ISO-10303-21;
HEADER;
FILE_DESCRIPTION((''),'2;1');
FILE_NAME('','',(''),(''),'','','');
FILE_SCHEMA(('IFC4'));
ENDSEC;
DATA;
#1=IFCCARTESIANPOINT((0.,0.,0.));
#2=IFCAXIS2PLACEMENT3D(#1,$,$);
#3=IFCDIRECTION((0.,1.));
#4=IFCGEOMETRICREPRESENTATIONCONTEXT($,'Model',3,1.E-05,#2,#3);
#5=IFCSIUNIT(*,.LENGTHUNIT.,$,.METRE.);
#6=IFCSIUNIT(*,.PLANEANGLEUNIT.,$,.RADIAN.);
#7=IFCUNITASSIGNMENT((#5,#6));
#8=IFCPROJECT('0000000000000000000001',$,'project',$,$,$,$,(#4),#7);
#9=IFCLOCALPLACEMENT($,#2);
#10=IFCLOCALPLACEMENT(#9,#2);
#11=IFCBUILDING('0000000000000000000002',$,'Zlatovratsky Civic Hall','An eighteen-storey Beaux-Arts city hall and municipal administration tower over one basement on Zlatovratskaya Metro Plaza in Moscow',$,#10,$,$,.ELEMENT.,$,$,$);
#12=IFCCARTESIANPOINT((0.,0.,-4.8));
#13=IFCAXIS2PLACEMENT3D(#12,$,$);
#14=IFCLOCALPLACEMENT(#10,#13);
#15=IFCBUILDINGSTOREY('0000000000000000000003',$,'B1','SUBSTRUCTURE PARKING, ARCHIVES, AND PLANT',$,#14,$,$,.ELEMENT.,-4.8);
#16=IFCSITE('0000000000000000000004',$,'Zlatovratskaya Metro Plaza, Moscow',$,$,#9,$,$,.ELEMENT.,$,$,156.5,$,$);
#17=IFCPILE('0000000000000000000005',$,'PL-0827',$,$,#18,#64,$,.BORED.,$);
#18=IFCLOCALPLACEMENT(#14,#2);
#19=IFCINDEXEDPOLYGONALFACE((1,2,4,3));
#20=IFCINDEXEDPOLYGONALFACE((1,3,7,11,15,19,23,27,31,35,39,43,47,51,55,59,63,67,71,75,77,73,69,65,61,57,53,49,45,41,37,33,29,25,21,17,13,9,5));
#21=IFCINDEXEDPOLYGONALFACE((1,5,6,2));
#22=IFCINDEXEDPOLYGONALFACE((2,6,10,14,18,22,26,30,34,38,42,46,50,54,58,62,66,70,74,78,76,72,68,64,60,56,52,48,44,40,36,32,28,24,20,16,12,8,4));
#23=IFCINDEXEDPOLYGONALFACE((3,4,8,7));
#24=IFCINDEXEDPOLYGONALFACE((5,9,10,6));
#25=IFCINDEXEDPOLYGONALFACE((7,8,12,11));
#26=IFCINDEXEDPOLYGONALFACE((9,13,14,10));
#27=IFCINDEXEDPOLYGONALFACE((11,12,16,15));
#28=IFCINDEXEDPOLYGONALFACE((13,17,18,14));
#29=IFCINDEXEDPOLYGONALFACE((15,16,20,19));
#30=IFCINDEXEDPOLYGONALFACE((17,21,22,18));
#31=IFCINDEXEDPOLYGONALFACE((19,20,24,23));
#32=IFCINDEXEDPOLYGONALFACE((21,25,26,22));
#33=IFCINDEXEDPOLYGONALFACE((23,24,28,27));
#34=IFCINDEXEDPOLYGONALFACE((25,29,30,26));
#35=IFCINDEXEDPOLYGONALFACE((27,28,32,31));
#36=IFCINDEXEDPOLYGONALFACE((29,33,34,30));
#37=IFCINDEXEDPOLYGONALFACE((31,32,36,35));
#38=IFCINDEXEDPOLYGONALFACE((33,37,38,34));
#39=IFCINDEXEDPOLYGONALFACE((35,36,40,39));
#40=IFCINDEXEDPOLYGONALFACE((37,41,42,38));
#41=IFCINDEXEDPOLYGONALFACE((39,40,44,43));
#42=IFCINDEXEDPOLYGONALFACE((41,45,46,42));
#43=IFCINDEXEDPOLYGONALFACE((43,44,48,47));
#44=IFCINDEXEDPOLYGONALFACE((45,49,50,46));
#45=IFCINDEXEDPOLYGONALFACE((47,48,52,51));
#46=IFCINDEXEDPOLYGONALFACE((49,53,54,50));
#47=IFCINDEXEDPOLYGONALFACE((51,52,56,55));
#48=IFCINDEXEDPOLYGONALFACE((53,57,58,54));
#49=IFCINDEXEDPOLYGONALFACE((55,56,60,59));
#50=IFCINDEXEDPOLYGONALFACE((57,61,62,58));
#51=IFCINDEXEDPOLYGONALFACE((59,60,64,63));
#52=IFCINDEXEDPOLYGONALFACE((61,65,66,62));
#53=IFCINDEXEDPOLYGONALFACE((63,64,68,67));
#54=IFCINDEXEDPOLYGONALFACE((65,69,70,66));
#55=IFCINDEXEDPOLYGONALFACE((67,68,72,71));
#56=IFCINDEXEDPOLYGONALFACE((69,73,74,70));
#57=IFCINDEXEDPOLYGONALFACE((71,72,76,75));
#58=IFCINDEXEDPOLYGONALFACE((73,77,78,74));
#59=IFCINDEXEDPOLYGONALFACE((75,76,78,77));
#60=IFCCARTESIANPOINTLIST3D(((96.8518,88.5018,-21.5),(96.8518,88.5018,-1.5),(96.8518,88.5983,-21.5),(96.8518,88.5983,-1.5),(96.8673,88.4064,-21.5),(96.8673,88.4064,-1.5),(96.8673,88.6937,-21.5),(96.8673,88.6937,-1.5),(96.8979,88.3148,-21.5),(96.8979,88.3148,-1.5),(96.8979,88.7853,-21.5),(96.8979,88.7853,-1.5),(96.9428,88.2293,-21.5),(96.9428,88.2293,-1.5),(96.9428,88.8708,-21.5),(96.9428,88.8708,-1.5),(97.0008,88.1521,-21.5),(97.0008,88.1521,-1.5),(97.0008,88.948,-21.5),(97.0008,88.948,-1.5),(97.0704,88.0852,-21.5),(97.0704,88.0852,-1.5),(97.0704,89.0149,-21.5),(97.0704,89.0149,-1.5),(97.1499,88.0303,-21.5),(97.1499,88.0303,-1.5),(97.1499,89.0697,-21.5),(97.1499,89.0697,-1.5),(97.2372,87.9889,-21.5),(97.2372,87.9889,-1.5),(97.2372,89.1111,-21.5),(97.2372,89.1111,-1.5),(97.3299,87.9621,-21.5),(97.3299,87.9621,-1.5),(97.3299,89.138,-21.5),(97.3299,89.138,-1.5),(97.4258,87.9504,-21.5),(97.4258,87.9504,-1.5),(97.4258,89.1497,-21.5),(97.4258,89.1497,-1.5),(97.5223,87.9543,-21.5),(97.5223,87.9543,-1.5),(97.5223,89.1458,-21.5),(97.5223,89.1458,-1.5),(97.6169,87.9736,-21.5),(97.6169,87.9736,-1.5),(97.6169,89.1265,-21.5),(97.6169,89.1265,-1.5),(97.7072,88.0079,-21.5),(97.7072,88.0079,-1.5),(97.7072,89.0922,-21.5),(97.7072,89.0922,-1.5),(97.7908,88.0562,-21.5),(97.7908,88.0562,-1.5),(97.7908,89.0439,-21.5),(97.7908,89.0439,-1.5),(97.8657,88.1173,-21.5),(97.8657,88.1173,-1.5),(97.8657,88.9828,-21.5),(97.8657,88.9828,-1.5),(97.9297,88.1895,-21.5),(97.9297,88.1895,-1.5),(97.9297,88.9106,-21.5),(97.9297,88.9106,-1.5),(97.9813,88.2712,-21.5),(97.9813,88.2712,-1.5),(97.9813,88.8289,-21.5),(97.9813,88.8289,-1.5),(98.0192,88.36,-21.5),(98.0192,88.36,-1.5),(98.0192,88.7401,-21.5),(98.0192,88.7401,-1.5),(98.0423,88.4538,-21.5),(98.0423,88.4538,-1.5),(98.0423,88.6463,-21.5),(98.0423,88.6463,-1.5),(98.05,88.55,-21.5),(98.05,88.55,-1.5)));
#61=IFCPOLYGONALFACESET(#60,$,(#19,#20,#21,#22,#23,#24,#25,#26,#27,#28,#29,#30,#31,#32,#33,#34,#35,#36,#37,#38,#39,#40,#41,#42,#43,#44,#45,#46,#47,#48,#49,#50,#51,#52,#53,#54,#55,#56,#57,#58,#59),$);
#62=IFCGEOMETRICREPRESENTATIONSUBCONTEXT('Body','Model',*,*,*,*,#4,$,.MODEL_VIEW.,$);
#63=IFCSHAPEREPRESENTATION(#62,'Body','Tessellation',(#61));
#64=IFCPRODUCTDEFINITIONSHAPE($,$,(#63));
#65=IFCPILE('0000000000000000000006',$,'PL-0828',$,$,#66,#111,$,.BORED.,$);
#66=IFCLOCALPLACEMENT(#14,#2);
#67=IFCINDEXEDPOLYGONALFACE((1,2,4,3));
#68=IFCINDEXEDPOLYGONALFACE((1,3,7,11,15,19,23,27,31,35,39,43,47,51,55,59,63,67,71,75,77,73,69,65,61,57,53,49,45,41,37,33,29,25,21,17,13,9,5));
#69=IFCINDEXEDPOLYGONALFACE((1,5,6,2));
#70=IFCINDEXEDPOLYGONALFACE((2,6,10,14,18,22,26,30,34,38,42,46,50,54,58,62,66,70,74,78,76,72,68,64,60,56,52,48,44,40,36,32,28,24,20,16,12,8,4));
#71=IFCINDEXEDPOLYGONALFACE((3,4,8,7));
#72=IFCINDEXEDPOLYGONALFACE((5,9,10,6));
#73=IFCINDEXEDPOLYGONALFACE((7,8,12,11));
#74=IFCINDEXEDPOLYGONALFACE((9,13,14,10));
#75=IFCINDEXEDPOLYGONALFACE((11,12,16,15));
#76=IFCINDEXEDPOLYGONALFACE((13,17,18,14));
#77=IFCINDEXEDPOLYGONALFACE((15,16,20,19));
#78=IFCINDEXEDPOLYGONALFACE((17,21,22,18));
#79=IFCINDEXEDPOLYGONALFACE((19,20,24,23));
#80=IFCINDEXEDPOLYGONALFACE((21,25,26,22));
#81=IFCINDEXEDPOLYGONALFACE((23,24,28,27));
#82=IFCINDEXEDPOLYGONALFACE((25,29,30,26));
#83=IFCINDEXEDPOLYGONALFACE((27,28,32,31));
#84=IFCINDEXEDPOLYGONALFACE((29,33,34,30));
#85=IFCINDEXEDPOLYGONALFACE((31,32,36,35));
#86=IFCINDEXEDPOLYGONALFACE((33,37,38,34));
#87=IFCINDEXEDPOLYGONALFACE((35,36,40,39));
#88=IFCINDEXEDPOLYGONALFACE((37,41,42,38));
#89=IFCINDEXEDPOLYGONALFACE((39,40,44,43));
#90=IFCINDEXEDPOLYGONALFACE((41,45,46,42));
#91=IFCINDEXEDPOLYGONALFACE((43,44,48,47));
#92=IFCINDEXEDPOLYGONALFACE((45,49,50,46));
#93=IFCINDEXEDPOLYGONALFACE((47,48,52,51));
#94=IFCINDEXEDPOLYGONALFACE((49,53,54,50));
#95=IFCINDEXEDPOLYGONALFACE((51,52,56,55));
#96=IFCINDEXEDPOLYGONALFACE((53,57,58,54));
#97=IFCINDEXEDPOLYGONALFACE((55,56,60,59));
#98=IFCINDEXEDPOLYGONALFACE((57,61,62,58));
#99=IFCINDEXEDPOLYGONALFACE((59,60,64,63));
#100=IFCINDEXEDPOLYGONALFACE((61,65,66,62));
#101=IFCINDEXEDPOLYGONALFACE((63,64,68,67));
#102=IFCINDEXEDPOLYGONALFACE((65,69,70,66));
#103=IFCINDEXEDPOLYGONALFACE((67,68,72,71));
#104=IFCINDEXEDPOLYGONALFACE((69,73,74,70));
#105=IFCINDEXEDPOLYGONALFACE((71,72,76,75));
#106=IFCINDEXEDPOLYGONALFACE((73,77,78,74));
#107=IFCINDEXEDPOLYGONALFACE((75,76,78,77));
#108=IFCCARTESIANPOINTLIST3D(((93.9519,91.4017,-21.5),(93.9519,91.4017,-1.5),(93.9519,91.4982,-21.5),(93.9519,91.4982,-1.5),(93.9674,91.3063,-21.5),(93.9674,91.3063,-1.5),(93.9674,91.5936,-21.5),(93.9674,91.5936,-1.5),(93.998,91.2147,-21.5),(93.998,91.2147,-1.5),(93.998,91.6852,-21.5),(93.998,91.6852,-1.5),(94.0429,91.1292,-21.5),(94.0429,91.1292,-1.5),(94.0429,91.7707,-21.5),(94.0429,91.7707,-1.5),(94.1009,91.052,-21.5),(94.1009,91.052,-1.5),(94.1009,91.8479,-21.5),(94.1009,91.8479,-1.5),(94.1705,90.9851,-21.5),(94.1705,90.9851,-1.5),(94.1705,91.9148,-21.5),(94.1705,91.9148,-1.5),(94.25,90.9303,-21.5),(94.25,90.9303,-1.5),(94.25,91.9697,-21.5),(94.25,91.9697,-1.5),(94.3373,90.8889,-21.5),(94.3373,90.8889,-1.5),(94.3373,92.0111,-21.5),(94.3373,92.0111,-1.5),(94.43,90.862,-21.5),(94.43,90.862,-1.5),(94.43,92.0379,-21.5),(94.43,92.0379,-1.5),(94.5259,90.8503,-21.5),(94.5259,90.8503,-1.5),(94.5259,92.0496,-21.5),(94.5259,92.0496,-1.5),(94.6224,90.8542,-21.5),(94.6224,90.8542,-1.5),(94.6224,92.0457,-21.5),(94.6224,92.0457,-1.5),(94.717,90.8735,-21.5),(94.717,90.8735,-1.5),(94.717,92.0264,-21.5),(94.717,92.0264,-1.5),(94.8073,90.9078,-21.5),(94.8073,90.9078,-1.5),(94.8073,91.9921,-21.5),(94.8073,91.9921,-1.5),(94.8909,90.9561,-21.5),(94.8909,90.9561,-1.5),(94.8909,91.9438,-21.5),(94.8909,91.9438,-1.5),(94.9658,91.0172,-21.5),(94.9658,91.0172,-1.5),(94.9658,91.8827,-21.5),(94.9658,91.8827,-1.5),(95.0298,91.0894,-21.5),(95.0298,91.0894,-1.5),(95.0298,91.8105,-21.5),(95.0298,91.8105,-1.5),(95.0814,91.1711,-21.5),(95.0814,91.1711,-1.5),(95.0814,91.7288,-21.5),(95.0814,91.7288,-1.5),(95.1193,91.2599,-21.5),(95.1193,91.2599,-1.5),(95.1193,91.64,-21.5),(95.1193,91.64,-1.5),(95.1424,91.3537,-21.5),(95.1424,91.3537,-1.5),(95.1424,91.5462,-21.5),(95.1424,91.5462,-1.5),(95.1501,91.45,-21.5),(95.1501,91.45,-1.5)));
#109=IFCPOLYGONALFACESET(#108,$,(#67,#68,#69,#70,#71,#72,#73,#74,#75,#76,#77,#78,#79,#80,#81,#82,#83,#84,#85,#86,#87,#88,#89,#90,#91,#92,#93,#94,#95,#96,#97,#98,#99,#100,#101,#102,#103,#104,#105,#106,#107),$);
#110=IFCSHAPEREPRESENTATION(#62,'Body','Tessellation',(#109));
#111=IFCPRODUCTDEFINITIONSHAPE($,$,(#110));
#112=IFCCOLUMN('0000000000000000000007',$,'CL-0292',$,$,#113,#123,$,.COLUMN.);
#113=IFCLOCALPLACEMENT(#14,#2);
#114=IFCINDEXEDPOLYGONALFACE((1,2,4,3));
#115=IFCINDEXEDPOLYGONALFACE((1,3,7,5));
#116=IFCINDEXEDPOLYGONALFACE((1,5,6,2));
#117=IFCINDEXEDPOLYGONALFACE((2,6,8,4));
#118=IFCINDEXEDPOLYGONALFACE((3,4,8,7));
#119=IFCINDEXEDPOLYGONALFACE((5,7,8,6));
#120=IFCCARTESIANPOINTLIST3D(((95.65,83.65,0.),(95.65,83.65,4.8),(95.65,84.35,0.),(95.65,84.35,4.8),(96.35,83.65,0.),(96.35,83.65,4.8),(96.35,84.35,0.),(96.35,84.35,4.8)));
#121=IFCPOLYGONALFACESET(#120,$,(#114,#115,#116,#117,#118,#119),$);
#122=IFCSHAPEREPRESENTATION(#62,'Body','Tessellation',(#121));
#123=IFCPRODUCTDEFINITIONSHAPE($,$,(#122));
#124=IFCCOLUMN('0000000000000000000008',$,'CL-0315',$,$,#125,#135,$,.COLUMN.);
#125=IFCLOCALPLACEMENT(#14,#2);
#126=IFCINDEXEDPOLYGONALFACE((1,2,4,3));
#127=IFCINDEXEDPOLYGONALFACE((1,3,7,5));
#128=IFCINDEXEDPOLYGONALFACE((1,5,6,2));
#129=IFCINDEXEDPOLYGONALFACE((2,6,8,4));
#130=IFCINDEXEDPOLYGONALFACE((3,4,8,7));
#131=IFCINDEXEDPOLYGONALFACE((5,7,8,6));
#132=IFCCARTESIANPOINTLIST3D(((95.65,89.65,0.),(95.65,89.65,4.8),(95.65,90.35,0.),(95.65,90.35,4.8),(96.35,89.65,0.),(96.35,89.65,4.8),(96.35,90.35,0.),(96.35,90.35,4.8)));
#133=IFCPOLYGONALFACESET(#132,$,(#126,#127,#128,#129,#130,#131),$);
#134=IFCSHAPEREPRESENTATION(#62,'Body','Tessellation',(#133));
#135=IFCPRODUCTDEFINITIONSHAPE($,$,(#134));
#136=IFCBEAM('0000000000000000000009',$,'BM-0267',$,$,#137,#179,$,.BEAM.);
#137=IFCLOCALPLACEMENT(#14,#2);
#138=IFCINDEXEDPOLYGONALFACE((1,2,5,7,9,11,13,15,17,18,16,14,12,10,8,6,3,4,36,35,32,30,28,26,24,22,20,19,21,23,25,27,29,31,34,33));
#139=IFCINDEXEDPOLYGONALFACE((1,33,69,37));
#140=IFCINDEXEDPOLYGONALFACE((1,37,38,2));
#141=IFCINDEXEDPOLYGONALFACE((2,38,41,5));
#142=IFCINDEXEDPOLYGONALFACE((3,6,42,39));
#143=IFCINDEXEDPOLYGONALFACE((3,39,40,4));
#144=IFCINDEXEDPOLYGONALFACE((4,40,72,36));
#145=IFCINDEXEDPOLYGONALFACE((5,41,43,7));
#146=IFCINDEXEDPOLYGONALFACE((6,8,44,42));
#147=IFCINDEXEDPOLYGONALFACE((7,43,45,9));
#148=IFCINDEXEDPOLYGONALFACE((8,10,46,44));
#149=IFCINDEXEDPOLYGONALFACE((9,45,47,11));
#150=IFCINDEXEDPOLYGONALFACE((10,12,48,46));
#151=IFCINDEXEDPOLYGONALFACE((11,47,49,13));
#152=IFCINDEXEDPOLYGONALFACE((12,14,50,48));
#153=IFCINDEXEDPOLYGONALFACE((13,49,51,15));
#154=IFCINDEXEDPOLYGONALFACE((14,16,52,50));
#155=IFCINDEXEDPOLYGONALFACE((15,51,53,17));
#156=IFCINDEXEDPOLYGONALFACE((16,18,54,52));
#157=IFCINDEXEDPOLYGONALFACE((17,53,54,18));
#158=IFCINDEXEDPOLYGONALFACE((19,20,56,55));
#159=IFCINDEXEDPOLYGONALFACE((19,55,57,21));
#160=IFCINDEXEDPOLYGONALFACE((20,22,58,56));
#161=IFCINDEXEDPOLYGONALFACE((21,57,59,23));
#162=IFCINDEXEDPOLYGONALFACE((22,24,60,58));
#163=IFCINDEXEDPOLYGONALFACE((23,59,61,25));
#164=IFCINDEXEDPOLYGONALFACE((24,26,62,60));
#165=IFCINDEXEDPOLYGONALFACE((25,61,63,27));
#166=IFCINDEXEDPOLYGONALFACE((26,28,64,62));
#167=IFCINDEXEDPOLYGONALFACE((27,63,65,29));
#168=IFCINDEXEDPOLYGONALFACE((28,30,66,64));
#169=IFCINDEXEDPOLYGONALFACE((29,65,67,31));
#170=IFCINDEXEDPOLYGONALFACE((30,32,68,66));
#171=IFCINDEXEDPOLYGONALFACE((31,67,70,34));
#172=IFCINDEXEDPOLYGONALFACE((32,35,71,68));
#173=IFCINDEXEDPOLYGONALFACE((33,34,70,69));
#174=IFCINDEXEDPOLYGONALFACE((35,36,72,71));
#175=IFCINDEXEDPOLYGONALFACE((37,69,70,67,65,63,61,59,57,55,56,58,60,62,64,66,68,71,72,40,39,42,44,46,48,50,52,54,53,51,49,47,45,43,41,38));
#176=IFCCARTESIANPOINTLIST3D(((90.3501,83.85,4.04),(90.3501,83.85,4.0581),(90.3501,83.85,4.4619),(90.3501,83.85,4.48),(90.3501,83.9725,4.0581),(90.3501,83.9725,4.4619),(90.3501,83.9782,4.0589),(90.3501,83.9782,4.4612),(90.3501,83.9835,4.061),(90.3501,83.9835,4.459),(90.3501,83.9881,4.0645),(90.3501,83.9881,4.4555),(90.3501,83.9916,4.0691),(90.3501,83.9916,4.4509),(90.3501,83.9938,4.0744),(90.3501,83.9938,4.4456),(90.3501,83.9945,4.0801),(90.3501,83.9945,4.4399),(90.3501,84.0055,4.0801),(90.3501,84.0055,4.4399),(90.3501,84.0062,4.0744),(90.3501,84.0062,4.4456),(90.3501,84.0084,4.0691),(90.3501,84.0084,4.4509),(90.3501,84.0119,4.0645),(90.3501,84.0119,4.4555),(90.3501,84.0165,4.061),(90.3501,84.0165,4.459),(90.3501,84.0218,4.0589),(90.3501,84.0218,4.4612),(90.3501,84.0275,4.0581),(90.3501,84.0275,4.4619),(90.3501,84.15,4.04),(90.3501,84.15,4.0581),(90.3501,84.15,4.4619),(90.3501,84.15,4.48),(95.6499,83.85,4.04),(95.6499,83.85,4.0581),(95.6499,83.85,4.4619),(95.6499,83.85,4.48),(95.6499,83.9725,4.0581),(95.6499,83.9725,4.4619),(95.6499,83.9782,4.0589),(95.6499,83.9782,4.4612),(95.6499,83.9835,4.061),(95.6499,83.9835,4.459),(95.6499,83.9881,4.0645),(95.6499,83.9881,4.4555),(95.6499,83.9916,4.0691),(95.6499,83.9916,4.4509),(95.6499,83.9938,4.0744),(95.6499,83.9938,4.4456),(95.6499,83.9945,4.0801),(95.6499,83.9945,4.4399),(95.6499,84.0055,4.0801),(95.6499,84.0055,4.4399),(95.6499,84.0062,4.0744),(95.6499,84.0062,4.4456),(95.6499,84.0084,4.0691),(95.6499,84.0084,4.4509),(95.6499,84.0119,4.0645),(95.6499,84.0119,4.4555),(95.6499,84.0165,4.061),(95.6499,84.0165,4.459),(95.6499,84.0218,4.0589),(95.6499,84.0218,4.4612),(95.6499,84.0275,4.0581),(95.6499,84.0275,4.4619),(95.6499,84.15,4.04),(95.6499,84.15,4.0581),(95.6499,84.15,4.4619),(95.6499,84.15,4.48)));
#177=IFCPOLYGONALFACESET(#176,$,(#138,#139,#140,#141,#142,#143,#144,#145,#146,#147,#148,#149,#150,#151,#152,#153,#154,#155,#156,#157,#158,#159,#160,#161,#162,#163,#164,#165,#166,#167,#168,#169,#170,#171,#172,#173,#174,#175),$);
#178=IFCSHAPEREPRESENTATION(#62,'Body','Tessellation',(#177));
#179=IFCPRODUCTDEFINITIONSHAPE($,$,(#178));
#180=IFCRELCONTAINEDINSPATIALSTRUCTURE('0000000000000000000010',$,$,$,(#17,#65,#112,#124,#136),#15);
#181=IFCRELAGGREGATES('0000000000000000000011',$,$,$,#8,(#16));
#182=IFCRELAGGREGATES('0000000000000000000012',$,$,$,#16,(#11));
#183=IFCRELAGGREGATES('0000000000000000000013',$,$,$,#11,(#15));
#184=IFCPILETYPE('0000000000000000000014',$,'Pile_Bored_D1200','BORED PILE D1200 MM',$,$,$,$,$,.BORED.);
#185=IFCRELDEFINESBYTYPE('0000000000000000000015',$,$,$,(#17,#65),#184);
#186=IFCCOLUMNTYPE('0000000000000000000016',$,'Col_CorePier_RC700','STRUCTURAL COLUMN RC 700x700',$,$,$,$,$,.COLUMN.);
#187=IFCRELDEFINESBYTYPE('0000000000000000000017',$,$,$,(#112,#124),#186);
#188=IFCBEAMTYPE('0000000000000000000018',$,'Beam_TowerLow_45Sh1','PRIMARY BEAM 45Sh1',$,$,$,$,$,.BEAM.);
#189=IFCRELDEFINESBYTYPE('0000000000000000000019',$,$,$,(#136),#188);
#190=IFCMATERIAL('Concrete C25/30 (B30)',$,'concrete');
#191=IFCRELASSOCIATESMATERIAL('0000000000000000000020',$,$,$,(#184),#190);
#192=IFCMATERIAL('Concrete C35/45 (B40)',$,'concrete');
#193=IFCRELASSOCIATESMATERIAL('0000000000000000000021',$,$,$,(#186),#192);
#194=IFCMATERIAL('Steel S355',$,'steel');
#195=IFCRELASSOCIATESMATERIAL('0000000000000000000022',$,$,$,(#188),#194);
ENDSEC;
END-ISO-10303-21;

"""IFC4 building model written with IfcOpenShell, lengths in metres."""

from ifc_helpers import new_model, si_unit, direction, frame, origin, origin_2d, place, context, subcontext, project, spatial, rectangle, circle, i_section, extrude, material, material_profile, profile_set, type_object, element, save


model = new_model("IFC4")

# Units and contexts
model_context = context("Model", 3, precision=1e-05, world=origin(), true_north=direction((0.0, 1.0)))
body_context = subcontext(model_context, "Body", "Model", "MODEL_VIEW")
ifc_project = project(units=[si_unit("LENGTHUNIT", "METRE"), si_unit("PLANEANGLEUNIT", "RADIAN")], contexts=[model_context])

# Site, building, storey
site_placement = place(None, origin())
site = spatial("IfcSite", under=ifc_project, at=site_placement, Name="Zlatovratskaya Metro Plaza, Moscow", CompositionType="ELEMENT", RefElevation=156.5)
building_placement = place(site_placement, origin())
building = spatial("IfcBuilding", under=site, at=building_placement, Name="Zlatovratsky Civic Hall", Description="An eighteen-storey Beaux-Arts city hall and municipal administration tower over one basement on Zlatovratskaya Metro Plaza in Moscow", CompositionType="ELEMENT")
storey_placement = place(building_placement, frame((0.0, 0.0, -4.8)))
storey = spatial("IfcBuildingStorey", under=building, at=storey_placement, Name="B1", Description="SUBSTRUCTURE PARKING, ARCHIVES, AND PLANT", CompositionType="ELEMENT", Elevation=-4.8)

# Shared definitions
ifc_material_1 = material(Name="Concrete C25/30 (B30)", Category="concrete")

# Piles
ifc_material_profile_1 = material_profile(ifc_material_1, circle(Radius=0.6001, at=origin_2d()), Name="PILE D1200")
ifc_profile_set_1 = profile_set([ifc_material_profile_1], Name="Concrete C25/30 (B30)")
pile_type = type_object("IfcPileType", Name="Pile_Bored_D1200", Description="BORED PILE D1200 MM", PredefinedType="BORED", material=ifc_profile_set_1)
for number, where, z_axis, x_axis, name in (
    (1, (97.45, 88.55, -1.5), (0.0, 0.0, -1.0), (1.0, 0.0, 0.0), "PL-0827"),
    (2, (94.55, 91.45, -1.5), (0.0, 0.0, -1.0), (1.0, 0.0, 0.0), "PL-0828"),
):
    element("IfcPile", number, at=place(storey_placement, frame(where, z_axis=z_axis, x_axis=x_axis)), inside=storey, type_object=pile_type, Name=name, PredefinedType="BORED", context=body_context, shape_type="SweptSolid", body=[
        extrude(circle(Radius=0.6001, at=origin_2d()), origin(), (0.0, 0.0, 1.0), 20.0),
    ])

# Columns
ifc_material_2 = material(Name="Concrete C35/45 (B40)", Category="concrete")
ifc_material_profile_2 = material_profile(ifc_material_2, rectangle(XDim=0.7, YDim=0.7, at=origin_2d()), Name="RC 700x700")
ifc_profile_set_2 = profile_set([ifc_material_profile_2], Name="Concrete C35/45 (B40)")
column_type = type_object("IfcColumnType", Name="Col_CorePier_RC700", Description="STRUCTURAL COLUMN RC 700x700", PredefinedType="COLUMN", material=ifc_profile_set_2)
for number, where, z_axis, x_axis, name in (
    (3, (96.0, 84.0, 0.0), (0.0, 0.0, 1.0), (1.0, 0.0, 0.0), "CL-0292"),
    (4, (96.0, 90.0, 0.0), (0.0, 0.0, 1.0), (1.0, 0.0, 0.0), "CL-0315"),
):
    element("IfcColumn", number, at=place(storey_placement, frame(where, z_axis=z_axis, x_axis=x_axis)), inside=storey, type_object=column_type, Name=name, PredefinedType="COLUMN", context=body_context, shape_type="SweptSolid", body=[
        extrude(rectangle(XDim=0.7, YDim=0.7, at=origin_2d()), origin(), (0.0, 0.0, 1.0), 4.8),
    ])

# Beam
ifc_material_3 = material(Name="Steel S355", Category="steel")
ifc_material_profile_3 = material_profile(ifc_material_3, i_section(OverallWidth=0.3, OverallDepth=0.4399, WebThickness=0.011, FlangeThickness=0.0181, FilletRadius=0.022, at=origin_2d()), Name="45Sh1")
ifc_profile_set_3 = profile_set([ifc_material_profile_3], Name="Steel S355")
beam_type = type_object("IfcBeamType", Name="Beam_TowerLow_45Sh1", Description="PRIMARY BEAM 45Sh1", PredefinedType="BEAM", material=ifc_profile_set_3)
for number, where, z_axis, x_axis, name in (
    (5, (90.3501, 84.0, 4.26), (1.0, 0.0, 0.0), (0.0, 1.0, 0.0), "BM-0267"),
):
    element("IfcBeam", number, at=place(storey_placement, frame(where, z_axis=z_axis, x_axis=x_axis)), inside=storey, type_object=beam_type, Name=name, PredefinedType="BEAM", context=body_context, shape_type="SweptSolid", body=[
        extrude(i_section(OverallWidth=0.3, OverallDepth=0.4399, WebThickness=0.011, FlangeThickness=0.0181, FilletRadius=0.022, at=origin_2d()), origin(), (0.0, 0.0, 1.0), 5.2998),
    ])

save(model, "model.ifc")
